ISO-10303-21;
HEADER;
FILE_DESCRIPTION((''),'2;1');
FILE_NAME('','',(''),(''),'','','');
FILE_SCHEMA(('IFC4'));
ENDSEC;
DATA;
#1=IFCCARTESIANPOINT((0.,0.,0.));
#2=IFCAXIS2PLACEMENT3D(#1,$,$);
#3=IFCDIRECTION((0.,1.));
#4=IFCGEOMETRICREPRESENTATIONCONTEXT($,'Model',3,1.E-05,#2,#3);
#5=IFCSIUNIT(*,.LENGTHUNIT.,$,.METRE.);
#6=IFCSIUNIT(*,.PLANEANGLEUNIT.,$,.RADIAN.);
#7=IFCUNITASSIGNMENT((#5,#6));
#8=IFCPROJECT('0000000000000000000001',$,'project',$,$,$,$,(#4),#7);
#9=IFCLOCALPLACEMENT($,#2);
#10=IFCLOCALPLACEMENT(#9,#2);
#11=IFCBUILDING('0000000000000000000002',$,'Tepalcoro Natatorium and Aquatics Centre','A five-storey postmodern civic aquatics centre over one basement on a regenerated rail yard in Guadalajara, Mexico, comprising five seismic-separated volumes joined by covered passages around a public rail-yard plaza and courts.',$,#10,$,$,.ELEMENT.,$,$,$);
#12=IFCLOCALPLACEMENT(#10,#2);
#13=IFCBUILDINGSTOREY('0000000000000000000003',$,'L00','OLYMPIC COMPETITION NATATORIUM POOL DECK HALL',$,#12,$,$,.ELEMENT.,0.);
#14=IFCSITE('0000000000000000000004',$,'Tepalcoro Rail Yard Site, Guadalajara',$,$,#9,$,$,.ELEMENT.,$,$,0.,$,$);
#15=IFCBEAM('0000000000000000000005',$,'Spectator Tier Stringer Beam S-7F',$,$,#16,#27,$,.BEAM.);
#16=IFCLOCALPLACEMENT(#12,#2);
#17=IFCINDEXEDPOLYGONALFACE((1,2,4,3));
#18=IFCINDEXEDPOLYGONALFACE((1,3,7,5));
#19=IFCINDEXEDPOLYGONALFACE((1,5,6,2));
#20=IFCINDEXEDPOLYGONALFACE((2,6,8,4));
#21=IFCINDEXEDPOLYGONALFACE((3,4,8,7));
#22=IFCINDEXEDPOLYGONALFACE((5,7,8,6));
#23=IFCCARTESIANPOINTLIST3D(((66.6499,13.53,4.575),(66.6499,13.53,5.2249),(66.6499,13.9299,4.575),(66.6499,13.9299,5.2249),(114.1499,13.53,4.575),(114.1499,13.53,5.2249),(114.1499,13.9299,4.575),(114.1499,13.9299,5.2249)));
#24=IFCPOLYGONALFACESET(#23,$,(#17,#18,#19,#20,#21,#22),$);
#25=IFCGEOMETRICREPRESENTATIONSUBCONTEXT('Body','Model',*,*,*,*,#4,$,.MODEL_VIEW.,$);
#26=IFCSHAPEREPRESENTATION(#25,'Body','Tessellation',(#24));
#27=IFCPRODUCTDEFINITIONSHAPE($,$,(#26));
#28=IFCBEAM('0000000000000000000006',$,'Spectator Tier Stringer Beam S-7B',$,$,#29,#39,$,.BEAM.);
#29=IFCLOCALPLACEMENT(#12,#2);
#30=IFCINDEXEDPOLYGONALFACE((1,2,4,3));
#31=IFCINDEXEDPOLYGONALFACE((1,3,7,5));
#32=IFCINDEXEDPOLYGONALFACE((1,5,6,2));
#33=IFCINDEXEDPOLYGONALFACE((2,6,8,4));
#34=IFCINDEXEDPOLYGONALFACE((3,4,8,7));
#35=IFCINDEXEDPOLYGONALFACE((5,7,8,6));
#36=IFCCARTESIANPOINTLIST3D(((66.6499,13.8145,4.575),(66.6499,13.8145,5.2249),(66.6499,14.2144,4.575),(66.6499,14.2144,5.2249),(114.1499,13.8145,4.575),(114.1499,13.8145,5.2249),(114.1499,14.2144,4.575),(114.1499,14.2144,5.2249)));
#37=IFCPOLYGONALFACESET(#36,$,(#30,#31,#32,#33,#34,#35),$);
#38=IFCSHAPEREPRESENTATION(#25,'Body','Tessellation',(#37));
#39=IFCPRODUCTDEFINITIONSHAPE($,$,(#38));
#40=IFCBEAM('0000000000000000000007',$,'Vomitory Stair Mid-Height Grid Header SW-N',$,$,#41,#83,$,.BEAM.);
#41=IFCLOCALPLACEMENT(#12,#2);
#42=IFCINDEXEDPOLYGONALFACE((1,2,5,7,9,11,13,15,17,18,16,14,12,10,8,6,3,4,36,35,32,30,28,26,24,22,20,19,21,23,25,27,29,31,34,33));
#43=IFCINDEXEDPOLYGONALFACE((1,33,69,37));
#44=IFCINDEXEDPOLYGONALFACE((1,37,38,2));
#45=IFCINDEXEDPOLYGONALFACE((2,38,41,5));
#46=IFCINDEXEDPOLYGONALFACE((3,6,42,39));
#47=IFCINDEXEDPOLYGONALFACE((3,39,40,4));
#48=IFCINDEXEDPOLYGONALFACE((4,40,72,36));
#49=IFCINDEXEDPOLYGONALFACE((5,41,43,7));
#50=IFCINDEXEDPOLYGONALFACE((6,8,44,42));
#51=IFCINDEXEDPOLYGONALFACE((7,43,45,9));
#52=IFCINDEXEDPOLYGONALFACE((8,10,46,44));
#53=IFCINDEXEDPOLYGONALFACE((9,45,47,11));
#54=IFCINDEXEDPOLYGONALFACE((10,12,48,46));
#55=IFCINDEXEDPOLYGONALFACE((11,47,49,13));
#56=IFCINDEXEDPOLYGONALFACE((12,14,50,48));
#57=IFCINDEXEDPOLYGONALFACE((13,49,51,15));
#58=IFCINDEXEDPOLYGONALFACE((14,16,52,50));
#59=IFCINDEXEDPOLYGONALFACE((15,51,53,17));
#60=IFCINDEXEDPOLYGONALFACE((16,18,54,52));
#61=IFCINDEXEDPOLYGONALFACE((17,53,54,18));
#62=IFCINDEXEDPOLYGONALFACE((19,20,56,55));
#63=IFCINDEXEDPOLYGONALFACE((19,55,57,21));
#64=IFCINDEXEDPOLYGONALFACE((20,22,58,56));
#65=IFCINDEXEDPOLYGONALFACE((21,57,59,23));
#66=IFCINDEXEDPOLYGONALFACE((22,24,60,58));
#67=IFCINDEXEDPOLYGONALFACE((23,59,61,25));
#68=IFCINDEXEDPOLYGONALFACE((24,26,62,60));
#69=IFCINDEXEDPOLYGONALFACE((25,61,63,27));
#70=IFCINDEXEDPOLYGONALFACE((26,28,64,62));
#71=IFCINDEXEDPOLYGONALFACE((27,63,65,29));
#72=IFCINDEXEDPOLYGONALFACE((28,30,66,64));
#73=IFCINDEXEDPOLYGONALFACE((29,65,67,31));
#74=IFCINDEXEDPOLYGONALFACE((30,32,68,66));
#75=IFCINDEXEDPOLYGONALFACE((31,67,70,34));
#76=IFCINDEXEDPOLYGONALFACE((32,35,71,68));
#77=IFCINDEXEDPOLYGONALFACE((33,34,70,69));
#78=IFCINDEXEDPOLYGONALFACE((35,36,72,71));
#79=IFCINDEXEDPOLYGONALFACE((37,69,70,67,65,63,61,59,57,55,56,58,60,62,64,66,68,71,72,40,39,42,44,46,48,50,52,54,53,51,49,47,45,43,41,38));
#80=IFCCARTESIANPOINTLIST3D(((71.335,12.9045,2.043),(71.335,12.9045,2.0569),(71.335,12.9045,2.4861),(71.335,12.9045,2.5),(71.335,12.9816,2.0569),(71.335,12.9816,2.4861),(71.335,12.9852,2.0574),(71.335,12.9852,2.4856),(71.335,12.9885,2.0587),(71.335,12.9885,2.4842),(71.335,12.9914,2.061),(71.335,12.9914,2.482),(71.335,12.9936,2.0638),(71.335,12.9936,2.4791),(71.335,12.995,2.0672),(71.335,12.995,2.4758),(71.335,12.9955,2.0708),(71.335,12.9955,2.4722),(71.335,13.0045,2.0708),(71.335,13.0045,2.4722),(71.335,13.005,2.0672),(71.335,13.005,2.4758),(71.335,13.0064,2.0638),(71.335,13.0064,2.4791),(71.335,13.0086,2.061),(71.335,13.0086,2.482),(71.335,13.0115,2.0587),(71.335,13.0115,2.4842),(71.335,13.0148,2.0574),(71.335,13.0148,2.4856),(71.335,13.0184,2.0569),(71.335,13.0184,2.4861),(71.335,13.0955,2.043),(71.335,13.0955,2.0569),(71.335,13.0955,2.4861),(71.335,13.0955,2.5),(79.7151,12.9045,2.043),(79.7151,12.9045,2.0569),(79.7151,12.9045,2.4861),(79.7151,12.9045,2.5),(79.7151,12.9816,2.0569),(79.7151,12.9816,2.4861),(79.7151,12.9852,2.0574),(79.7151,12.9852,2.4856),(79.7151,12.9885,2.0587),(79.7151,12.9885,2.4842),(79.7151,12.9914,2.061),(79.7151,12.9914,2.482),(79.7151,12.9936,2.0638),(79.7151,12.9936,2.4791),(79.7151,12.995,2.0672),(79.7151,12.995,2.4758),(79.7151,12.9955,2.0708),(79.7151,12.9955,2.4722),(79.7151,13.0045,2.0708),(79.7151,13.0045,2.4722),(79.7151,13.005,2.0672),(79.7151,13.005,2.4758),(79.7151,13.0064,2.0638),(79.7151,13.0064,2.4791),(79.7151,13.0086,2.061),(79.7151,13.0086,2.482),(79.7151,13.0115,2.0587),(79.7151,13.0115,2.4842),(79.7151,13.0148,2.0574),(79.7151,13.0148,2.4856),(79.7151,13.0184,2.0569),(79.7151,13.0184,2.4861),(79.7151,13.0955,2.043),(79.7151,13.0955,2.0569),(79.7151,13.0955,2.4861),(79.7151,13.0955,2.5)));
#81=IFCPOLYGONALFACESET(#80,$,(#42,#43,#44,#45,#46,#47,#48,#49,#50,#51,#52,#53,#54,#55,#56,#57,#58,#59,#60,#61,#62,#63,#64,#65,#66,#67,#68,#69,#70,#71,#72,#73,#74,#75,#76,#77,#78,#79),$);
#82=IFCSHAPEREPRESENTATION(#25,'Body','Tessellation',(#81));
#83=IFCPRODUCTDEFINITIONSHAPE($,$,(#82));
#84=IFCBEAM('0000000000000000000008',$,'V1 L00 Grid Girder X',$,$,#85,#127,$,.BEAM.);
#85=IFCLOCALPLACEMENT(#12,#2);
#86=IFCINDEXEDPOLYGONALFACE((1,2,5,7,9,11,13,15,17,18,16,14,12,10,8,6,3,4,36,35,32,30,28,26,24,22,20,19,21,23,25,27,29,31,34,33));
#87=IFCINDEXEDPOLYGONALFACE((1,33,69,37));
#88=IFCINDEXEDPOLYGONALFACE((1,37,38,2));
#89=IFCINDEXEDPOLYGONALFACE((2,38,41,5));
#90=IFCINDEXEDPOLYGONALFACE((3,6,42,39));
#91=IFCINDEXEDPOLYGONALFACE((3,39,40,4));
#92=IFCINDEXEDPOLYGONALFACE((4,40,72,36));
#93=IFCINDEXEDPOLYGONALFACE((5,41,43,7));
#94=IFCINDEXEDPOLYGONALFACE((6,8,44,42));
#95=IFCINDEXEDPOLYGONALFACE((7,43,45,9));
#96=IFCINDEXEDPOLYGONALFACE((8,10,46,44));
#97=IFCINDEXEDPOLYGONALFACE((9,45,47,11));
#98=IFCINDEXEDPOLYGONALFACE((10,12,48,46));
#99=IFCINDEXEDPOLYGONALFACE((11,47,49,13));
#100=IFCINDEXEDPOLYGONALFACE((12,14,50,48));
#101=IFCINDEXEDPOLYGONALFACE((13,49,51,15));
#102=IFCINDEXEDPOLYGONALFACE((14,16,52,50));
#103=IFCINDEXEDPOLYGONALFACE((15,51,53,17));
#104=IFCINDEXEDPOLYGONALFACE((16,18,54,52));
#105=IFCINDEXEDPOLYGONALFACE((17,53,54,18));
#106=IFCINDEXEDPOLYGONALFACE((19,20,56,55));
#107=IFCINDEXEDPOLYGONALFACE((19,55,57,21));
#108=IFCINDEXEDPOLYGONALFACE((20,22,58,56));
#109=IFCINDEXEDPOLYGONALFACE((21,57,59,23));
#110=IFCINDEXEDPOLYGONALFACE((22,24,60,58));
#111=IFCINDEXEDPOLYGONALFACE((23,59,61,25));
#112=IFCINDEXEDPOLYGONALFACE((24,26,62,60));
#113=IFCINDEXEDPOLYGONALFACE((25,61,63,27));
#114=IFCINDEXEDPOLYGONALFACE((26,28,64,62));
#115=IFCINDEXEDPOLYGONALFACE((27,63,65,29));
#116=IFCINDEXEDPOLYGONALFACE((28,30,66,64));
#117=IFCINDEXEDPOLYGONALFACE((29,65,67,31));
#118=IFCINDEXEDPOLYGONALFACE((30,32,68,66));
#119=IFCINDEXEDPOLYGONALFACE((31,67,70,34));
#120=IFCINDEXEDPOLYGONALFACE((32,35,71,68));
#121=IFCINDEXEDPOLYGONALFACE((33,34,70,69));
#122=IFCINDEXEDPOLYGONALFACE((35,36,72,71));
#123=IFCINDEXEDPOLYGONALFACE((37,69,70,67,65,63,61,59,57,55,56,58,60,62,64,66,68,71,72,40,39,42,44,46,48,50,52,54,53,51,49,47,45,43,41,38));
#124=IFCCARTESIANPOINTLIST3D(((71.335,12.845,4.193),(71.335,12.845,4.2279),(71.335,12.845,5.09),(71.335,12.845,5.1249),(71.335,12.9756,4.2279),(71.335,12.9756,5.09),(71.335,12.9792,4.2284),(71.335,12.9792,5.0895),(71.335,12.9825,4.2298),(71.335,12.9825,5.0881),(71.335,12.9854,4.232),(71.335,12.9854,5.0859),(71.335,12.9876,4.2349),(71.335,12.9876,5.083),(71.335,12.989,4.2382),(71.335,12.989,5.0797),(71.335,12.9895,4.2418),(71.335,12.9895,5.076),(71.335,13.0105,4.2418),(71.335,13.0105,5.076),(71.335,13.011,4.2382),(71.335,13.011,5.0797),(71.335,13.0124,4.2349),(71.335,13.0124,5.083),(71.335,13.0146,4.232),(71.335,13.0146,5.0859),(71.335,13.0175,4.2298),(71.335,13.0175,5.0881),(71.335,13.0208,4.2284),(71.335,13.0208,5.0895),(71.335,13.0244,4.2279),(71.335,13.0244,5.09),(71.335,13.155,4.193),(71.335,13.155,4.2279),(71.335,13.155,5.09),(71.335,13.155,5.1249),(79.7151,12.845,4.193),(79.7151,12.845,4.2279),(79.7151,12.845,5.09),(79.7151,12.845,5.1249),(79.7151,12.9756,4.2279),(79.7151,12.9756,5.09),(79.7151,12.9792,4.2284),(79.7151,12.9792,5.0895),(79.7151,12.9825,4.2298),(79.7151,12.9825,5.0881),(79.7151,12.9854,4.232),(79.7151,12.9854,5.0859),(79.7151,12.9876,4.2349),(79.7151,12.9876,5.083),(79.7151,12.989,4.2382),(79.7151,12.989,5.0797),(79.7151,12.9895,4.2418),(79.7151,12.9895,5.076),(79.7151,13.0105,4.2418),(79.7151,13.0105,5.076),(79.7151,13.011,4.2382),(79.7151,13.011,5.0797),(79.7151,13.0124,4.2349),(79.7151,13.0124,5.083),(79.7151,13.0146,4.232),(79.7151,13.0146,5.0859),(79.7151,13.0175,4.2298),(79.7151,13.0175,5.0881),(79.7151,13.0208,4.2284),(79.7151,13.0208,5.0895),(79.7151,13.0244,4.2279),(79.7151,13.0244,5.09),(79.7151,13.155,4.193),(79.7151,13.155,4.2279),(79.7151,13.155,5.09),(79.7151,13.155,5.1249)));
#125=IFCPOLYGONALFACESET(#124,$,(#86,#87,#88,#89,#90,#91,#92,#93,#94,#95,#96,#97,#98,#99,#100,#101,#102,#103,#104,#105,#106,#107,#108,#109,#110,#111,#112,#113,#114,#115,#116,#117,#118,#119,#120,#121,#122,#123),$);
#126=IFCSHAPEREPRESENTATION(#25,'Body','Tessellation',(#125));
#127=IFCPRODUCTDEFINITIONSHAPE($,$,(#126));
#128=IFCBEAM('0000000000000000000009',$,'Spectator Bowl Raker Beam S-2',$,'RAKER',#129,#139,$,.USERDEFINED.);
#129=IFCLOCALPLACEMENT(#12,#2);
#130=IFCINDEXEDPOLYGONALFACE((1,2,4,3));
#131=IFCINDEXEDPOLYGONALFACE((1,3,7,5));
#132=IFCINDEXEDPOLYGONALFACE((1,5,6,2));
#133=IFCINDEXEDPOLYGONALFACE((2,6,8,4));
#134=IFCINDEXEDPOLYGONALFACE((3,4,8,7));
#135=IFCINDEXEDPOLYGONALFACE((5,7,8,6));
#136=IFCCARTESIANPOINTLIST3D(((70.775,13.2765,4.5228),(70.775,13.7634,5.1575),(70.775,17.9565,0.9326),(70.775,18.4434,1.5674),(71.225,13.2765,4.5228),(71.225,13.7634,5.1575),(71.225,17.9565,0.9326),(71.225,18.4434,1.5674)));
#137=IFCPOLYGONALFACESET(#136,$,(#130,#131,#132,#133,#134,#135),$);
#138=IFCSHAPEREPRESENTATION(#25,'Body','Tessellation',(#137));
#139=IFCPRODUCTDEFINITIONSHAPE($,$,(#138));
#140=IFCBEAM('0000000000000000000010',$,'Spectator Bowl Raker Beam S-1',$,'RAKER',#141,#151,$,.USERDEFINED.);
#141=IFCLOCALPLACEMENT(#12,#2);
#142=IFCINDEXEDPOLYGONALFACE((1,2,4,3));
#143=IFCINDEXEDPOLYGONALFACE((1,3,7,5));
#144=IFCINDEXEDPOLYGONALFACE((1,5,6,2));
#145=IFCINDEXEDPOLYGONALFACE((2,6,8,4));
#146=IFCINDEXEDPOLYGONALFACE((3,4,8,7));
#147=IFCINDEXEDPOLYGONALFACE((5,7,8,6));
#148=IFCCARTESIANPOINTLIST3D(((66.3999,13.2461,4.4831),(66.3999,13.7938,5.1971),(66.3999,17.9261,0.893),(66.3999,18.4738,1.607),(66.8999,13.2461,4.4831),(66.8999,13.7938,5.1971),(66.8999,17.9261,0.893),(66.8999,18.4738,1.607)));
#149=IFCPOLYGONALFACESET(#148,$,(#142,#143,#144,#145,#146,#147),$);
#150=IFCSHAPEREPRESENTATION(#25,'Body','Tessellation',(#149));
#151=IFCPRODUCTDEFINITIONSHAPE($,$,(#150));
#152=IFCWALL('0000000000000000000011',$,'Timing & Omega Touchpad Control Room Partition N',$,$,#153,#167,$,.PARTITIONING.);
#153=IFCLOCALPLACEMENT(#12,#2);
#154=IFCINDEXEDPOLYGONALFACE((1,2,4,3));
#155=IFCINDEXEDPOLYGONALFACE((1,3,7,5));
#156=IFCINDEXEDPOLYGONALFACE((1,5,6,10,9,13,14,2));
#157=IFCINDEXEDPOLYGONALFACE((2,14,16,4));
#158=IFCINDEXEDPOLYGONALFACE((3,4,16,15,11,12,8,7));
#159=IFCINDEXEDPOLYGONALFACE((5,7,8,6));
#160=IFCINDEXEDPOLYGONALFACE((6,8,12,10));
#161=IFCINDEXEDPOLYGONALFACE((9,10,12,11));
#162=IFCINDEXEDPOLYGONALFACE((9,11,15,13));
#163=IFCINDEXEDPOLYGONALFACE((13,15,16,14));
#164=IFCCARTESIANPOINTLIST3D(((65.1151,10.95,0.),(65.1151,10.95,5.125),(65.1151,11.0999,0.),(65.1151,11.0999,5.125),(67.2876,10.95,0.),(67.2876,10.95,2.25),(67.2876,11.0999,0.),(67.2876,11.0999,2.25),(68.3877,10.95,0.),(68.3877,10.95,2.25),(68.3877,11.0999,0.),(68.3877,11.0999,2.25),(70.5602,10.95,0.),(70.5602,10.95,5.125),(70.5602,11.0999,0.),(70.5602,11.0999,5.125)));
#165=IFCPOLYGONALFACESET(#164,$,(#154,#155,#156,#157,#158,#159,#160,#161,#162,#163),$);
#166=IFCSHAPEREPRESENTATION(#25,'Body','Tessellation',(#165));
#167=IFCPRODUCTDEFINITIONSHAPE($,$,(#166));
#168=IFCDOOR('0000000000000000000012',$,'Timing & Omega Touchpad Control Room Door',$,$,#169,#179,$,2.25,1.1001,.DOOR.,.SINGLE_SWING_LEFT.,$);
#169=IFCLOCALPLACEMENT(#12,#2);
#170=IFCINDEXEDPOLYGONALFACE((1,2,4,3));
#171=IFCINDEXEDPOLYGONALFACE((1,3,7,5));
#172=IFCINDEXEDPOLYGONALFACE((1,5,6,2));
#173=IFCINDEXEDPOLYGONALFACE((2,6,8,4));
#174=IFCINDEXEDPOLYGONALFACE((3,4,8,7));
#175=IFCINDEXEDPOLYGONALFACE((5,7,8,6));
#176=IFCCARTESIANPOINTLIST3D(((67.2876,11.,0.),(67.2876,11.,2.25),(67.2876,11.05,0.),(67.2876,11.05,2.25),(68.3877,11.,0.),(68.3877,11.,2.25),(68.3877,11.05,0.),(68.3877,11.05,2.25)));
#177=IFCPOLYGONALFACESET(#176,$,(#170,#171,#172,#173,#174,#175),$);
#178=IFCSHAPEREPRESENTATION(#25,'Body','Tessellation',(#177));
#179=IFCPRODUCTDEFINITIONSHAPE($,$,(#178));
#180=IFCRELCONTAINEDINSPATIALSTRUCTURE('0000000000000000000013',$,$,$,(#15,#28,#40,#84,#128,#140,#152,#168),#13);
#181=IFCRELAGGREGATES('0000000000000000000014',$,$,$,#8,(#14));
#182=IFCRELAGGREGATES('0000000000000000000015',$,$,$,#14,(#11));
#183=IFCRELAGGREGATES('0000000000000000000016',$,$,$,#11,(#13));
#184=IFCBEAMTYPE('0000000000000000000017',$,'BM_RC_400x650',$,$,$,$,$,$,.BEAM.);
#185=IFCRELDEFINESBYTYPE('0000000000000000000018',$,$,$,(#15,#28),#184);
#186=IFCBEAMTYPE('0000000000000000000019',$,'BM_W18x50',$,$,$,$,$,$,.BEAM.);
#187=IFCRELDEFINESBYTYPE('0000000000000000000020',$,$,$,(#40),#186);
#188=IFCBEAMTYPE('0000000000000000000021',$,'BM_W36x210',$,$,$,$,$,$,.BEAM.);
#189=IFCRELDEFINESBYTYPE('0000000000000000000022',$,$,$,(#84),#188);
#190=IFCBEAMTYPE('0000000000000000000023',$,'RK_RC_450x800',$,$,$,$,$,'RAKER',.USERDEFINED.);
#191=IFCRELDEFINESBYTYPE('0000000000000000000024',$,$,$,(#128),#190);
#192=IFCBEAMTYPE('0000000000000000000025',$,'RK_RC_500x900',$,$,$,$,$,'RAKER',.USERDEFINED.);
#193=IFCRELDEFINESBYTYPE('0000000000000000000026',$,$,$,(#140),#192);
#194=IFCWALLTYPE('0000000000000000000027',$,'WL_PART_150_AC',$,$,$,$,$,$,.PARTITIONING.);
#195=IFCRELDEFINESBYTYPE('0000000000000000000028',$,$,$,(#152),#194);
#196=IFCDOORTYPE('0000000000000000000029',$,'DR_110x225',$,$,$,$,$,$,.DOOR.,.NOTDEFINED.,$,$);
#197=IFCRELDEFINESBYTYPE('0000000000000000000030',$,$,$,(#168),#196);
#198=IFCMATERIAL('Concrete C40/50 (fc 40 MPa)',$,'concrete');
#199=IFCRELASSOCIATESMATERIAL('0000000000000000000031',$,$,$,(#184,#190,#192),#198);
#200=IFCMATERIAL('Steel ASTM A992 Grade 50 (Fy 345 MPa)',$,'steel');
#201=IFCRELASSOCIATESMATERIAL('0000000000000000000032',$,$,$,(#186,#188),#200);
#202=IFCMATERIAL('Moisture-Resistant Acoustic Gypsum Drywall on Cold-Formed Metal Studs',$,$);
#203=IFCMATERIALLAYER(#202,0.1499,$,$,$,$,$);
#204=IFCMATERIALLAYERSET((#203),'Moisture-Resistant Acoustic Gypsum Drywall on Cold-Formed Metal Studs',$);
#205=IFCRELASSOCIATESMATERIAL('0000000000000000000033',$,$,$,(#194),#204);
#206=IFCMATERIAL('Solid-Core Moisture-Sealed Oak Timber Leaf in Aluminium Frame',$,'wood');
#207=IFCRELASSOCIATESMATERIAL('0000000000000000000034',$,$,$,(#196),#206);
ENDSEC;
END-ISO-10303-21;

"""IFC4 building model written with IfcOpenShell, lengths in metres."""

from ifc_helpers import new_model, si_unit, direction, frame, frame_2d, origin, origin_2d, place, context, subcontext, project, spatial, rectangle, i_section, extrude, material, layer, layer_set, material_profile, profile_set, type_object, element, fill, save


model = new_model("IFC4")

# Units and contexts
model_context = context("Model", 3, precision=1e-05, world=origin(), true_north=direction((0.0, 1.0)))
body_context = subcontext(model_context, "Body", "Model", "MODEL_VIEW")
ifc_project = project(units=[si_unit("LENGTHUNIT", "METRE"), si_unit("PLANEANGLEUNIT", "RADIAN")], contexts=[model_context])

# Site, building, storey
site_placement = place(None, origin())
site = spatial("IfcSite", under=ifc_project, at=site_placement, Name="Tepalcoro Rail Yard Site, Guadalajara", CompositionType="ELEMENT", RefElevation=0.0)
building_placement = place(site_placement, origin())
building = spatial("IfcBuilding", under=site, at=building_placement, Name="Tepalcoro Natatorium and Aquatics Centre", Description="A five-storey postmodern civic aquatics centre over one basement on a regenerated rail yard in Guadalajara, Mexico, comprising five seismic-separated volumes joined by covered passages around a public rail-yard plaza and courts.", CompositionType="ELEMENT")
storey_placement = place(building_placement, origin())
storey = spatial("IfcBuildingStorey", under=building, at=storey_placement, Name="L00", Description="OLYMPIC COMPETITION NATATORIUM POOL DECK HALL", CompositionType="ELEMENT", Elevation=0.0)

# Shared definitions
ifc_material_1 = material(Name="Concrete C40/50 (fc 40 MPa)", Category="concrete")

# Beams
ifc_material_profile_1 = material_profile(ifc_material_1, rectangle(XDim=0.3999, YDim=0.6499, at=origin_2d()), Name="RCB400x650")
ifc_profile_set_1 = profile_set([ifc_material_profile_1], Name="Concrete C40/50 (fc 40 MPa)")
beam_type_1 = type_object("IfcBeamType", Name="BM_RC_400x650", PredefinedType="BEAM", material=ifc_profile_set_1)
for number, where, z_axis, x_axis, name in (
    (1, (66.6499, 13.73, 4.8999), (1.0, 0.0, 0.0), (0.0, 1.0, 0.0), "Spectator Tier Stringer Beam S-7F"),
    (2, (66.6499, 14.0144, 4.8999), (1.0, 0.0, 0.0), (0.0, 1.0, 0.0), "Spectator Tier Stringer Beam S-7B"),
):
    element("IfcBeam", number, at=place(storey_placement, frame(where, z_axis=z_axis, x_axis=x_axis)), inside=storey, type_object=beam_type_1, Name=name, PredefinedType="BEAM", context=body_context, shape_type="SweptSolid", body=[
        extrude(rectangle(XDim=0.3999, YDim=0.6499, at=origin_2d()), origin(), (0.0, 0.0, 1.0), 47.5),
    ])
ifc_material_2 = material(Name="Steel ASTM A992 Grade 50 (Fy 345 MPa)", Category="steel")
ifc_material_profile_2 = material_profile(ifc_material_2, i_section(OverallWidth=0.1909, OverallDepth=0.457, WebThickness=0.009, FlangeThickness=0.0139, FilletRadius=0.0139, at=origin_2d()), Name="W18X50")
ifc_profile_set_2 = profile_set([ifc_material_profile_2], Name="Steel ASTM A992 Grade 50 (Fy 345 MPa)")
beam_type_2 = type_object("IfcBeamType", Name="BM_W18x50", PredefinedType="BEAM", material=ifc_profile_set_2)
beam_1_placement = place(storey_placement, frame((71.335, 13.0, 2.2715), z_axis=(1.0, 0.0, 0.0), x_axis=(0.0, 1.0, 0.0)))
element("IfcBeam", 3, at=beam_1_placement, inside=storey, type_object=beam_type_2, Name="Vomitory Stair Mid-Height Grid Header SW-N", PredefinedType="BEAM", context=body_context, shape_type="SweptSolid", body=[
    extrude(i_section(OverallWidth=0.1909, OverallDepth=0.457, WebThickness=0.009, FlangeThickness=0.0139, FilletRadius=0.0139, at=origin_2d()), origin(), (0.0, 0.0, 1.0), 8.3801),
])
ifc_material_profile_3 = material_profile(ifc_material_2, i_section(OverallWidth=0.3101, OverallDepth=0.9319, WebThickness=0.021, FlangeThickness=0.0349, FilletRadius=0.0139, at=origin_2d()), Name="W36X210")
ifc_profile_set_3 = profile_set([ifc_material_profile_3], Name="Steel ASTM A992 Grade 50 (Fy 345 MPa)")
beam_type_3 = type_object("IfcBeamType", Name="BM_W36x210", PredefinedType="BEAM", material=ifc_profile_set_3)
beam_2_placement = place(storey_placement, frame((71.335, 13.0, 4.6589), z_axis=(1.0, 0.0, 0.0), x_axis=(0.0, 1.0, 0.0)))
element("IfcBeam", 4, at=beam_2_placement, inside=storey, type_object=beam_type_3, Name="V1 L00 Grid Girder X", PredefinedType="BEAM", context=body_context, shape_type="SweptSolid", body=[
    extrude(i_section(OverallWidth=0.3101, OverallDepth=0.9319, WebThickness=0.021, FlangeThickness=0.0349, FilletRadius=0.0139, at=origin_2d()), origin(), (0.0, 0.0, 1.0), 8.3801),
])
ifc_material_profile_4 = material_profile(ifc_material_1, rectangle(XDim=0.45, YDim=0.8, at=origin_2d()), Name="RKR450x800")
ifc_profile_set_4 = profile_set([ifc_material_profile_4], Name="Concrete C40/50 (fc 40 MPa)")
beam_type_4 = type_object("IfcBeamType", Name="RK_RC_450x800", ElementType="RAKER", PredefinedType="USERDEFINED", material=ifc_profile_set_4)
beam_3_placement = place(storey_placement, frame((71.0, 18.2, 1.25), z_axis=(0.0, -0.793431, 0.60866), x_axis=(1.0, 0.0, 0.0)))
element("IfcBeam", 5, at=beam_3_placement, inside=storey, type_object=beam_type_4, Name="Spectator Bowl Raker Beam S-2", ObjectType="RAKER", PredefinedType="USERDEFINED", context=body_context, shape_type="SweptSolid", body=[
    extrude(rectangle(XDim=0.45, YDim=0.8, at=origin_2d()), origin(), (0.0, 0.0, 1.0), 5.8984),
])
ifc_material_profile_5 = material_profile(ifc_material_1, rectangle(XDim=0.5, YDim=0.8999, at=origin_2d()), Name="RKR500x900")
ifc_profile_set_5 = profile_set([ifc_material_profile_5], Name="Concrete C40/50 (fc 40 MPa)")
beam_type_5 = type_object("IfcBeamType", Name="RK_RC_500x900", ElementType="RAKER", PredefinedType="USERDEFINED", material=ifc_profile_set_5)
beam_4_placement = place(storey_placement, frame((66.6499, 18.2, 1.25), z_axis=(0.0, -0.793431, 0.60866), x_axis=(1.0, 0.0, 0.0)))
element("IfcBeam", 6, at=beam_4_placement, inside=storey, type_object=beam_type_5, Name="Spectator Bowl Raker Beam S-1", ObjectType="RAKER", PredefinedType="USERDEFINED", context=body_context, shape_type="SweptSolid", body=[
    extrude(rectangle(XDim=0.5, YDim=0.8999, at=origin_2d()), origin(), (0.0, 0.0, 1.0), 5.8984),
])

# Wall, opening, door
ifc_material_3 = material(Name="Moisture-Resistant Acoustic Gypsum Drywall on Cold-Formed Metal Studs")
ifc_layer_1 = layer(ifc_material_3, 0.1499)
ifc_layer_set_1 = layer_set([ifc_layer_1], Name="Moisture-Resistant Acoustic Gypsum Drywall on Cold-Formed Metal Studs")
wall_type_1 = type_object("IfcWallType", Name="WL_PART_150_AC", PredefinedType="PARTITIONING", material=ifc_layer_set_1)
wall_placement = place(storey_placement, frame((65.115, 11.0249, 0.0), z_axis=(0.0, 0.0, 1.0), x_axis=(1.0, 0.0, 0.0)))
wall = element("IfcWall", 7, at=wall_placement, inside=storey, type_object=wall_type_1, Name="Timing & Omega Touchpad Control Room Partition N", PredefinedType="PARTITIONING", context=body_context, shape_type="SweptSolid", body=[
    extrude(rectangle(XDim=5.4451, YDim=0.1499, at=frame_2d((2.7227, 0.0))), origin(), (0.0, 0.0, 1.0), 5.125),
])
opening_placement = place(wall_placement, frame((2.1726, 0.0, 0.0)))
opening = element("IfcOpeningElement", 8, at=opening_placement, cuts=wall, PredefinedType="OPENING", context=body_context, shape_type="SweptSolid", body=[
    extrude(rectangle(XDim=1.1001, YDim=2.25, at=frame_2d((0.55, 1.125))), frame((0.0, 0.0869, 0.0), z_axis=(0.0, -1.0, 0.0), x_axis=(1.0, 0.0, 0.0)), (0.0, 0.0, 1.0), 0.1738),
])
ifc_material_4 = material(Name="Solid-Core Moisture-Sealed Oak Timber Leaf in Aluminium Frame", Category="wood")
door_type = type_object("IfcDoorType", Name="DR_110x225", OperationType="NOTDEFINED", PredefinedType="DOOR", material=ifc_material_4)
door_placement = place(opening_placement, frame((1.1001, 0.0, 0.0), z_axis=(0.0, 0.0, 1.0), x_axis=(-1.0, 0.0, 0.0)))
door = element("IfcDoor", 9, at=door_placement, inside=storey, type_object=door_type, Name="Timing & Omega Touchpad Control Room Door", OperationType="SINGLE_SWING_LEFT", OverallHeight=2.25, OverallWidth=1.1001, PredefinedType="DOOR", context=body_context, shape_type="SweptSolid", body=[
    extrude(rectangle(XDim=1.1001, YDim=2.25, at=frame_2d((0.55, 1.125))), frame((0.0, 0.0249, 0.0), z_axis=(0.0, -1.0, 0.0), x_axis=(1.0, 0.0, 0.0)), (0.0, 0.0, 1.0), 0.05),
])
fill(opening, door)

save(model, "model.ifc")
